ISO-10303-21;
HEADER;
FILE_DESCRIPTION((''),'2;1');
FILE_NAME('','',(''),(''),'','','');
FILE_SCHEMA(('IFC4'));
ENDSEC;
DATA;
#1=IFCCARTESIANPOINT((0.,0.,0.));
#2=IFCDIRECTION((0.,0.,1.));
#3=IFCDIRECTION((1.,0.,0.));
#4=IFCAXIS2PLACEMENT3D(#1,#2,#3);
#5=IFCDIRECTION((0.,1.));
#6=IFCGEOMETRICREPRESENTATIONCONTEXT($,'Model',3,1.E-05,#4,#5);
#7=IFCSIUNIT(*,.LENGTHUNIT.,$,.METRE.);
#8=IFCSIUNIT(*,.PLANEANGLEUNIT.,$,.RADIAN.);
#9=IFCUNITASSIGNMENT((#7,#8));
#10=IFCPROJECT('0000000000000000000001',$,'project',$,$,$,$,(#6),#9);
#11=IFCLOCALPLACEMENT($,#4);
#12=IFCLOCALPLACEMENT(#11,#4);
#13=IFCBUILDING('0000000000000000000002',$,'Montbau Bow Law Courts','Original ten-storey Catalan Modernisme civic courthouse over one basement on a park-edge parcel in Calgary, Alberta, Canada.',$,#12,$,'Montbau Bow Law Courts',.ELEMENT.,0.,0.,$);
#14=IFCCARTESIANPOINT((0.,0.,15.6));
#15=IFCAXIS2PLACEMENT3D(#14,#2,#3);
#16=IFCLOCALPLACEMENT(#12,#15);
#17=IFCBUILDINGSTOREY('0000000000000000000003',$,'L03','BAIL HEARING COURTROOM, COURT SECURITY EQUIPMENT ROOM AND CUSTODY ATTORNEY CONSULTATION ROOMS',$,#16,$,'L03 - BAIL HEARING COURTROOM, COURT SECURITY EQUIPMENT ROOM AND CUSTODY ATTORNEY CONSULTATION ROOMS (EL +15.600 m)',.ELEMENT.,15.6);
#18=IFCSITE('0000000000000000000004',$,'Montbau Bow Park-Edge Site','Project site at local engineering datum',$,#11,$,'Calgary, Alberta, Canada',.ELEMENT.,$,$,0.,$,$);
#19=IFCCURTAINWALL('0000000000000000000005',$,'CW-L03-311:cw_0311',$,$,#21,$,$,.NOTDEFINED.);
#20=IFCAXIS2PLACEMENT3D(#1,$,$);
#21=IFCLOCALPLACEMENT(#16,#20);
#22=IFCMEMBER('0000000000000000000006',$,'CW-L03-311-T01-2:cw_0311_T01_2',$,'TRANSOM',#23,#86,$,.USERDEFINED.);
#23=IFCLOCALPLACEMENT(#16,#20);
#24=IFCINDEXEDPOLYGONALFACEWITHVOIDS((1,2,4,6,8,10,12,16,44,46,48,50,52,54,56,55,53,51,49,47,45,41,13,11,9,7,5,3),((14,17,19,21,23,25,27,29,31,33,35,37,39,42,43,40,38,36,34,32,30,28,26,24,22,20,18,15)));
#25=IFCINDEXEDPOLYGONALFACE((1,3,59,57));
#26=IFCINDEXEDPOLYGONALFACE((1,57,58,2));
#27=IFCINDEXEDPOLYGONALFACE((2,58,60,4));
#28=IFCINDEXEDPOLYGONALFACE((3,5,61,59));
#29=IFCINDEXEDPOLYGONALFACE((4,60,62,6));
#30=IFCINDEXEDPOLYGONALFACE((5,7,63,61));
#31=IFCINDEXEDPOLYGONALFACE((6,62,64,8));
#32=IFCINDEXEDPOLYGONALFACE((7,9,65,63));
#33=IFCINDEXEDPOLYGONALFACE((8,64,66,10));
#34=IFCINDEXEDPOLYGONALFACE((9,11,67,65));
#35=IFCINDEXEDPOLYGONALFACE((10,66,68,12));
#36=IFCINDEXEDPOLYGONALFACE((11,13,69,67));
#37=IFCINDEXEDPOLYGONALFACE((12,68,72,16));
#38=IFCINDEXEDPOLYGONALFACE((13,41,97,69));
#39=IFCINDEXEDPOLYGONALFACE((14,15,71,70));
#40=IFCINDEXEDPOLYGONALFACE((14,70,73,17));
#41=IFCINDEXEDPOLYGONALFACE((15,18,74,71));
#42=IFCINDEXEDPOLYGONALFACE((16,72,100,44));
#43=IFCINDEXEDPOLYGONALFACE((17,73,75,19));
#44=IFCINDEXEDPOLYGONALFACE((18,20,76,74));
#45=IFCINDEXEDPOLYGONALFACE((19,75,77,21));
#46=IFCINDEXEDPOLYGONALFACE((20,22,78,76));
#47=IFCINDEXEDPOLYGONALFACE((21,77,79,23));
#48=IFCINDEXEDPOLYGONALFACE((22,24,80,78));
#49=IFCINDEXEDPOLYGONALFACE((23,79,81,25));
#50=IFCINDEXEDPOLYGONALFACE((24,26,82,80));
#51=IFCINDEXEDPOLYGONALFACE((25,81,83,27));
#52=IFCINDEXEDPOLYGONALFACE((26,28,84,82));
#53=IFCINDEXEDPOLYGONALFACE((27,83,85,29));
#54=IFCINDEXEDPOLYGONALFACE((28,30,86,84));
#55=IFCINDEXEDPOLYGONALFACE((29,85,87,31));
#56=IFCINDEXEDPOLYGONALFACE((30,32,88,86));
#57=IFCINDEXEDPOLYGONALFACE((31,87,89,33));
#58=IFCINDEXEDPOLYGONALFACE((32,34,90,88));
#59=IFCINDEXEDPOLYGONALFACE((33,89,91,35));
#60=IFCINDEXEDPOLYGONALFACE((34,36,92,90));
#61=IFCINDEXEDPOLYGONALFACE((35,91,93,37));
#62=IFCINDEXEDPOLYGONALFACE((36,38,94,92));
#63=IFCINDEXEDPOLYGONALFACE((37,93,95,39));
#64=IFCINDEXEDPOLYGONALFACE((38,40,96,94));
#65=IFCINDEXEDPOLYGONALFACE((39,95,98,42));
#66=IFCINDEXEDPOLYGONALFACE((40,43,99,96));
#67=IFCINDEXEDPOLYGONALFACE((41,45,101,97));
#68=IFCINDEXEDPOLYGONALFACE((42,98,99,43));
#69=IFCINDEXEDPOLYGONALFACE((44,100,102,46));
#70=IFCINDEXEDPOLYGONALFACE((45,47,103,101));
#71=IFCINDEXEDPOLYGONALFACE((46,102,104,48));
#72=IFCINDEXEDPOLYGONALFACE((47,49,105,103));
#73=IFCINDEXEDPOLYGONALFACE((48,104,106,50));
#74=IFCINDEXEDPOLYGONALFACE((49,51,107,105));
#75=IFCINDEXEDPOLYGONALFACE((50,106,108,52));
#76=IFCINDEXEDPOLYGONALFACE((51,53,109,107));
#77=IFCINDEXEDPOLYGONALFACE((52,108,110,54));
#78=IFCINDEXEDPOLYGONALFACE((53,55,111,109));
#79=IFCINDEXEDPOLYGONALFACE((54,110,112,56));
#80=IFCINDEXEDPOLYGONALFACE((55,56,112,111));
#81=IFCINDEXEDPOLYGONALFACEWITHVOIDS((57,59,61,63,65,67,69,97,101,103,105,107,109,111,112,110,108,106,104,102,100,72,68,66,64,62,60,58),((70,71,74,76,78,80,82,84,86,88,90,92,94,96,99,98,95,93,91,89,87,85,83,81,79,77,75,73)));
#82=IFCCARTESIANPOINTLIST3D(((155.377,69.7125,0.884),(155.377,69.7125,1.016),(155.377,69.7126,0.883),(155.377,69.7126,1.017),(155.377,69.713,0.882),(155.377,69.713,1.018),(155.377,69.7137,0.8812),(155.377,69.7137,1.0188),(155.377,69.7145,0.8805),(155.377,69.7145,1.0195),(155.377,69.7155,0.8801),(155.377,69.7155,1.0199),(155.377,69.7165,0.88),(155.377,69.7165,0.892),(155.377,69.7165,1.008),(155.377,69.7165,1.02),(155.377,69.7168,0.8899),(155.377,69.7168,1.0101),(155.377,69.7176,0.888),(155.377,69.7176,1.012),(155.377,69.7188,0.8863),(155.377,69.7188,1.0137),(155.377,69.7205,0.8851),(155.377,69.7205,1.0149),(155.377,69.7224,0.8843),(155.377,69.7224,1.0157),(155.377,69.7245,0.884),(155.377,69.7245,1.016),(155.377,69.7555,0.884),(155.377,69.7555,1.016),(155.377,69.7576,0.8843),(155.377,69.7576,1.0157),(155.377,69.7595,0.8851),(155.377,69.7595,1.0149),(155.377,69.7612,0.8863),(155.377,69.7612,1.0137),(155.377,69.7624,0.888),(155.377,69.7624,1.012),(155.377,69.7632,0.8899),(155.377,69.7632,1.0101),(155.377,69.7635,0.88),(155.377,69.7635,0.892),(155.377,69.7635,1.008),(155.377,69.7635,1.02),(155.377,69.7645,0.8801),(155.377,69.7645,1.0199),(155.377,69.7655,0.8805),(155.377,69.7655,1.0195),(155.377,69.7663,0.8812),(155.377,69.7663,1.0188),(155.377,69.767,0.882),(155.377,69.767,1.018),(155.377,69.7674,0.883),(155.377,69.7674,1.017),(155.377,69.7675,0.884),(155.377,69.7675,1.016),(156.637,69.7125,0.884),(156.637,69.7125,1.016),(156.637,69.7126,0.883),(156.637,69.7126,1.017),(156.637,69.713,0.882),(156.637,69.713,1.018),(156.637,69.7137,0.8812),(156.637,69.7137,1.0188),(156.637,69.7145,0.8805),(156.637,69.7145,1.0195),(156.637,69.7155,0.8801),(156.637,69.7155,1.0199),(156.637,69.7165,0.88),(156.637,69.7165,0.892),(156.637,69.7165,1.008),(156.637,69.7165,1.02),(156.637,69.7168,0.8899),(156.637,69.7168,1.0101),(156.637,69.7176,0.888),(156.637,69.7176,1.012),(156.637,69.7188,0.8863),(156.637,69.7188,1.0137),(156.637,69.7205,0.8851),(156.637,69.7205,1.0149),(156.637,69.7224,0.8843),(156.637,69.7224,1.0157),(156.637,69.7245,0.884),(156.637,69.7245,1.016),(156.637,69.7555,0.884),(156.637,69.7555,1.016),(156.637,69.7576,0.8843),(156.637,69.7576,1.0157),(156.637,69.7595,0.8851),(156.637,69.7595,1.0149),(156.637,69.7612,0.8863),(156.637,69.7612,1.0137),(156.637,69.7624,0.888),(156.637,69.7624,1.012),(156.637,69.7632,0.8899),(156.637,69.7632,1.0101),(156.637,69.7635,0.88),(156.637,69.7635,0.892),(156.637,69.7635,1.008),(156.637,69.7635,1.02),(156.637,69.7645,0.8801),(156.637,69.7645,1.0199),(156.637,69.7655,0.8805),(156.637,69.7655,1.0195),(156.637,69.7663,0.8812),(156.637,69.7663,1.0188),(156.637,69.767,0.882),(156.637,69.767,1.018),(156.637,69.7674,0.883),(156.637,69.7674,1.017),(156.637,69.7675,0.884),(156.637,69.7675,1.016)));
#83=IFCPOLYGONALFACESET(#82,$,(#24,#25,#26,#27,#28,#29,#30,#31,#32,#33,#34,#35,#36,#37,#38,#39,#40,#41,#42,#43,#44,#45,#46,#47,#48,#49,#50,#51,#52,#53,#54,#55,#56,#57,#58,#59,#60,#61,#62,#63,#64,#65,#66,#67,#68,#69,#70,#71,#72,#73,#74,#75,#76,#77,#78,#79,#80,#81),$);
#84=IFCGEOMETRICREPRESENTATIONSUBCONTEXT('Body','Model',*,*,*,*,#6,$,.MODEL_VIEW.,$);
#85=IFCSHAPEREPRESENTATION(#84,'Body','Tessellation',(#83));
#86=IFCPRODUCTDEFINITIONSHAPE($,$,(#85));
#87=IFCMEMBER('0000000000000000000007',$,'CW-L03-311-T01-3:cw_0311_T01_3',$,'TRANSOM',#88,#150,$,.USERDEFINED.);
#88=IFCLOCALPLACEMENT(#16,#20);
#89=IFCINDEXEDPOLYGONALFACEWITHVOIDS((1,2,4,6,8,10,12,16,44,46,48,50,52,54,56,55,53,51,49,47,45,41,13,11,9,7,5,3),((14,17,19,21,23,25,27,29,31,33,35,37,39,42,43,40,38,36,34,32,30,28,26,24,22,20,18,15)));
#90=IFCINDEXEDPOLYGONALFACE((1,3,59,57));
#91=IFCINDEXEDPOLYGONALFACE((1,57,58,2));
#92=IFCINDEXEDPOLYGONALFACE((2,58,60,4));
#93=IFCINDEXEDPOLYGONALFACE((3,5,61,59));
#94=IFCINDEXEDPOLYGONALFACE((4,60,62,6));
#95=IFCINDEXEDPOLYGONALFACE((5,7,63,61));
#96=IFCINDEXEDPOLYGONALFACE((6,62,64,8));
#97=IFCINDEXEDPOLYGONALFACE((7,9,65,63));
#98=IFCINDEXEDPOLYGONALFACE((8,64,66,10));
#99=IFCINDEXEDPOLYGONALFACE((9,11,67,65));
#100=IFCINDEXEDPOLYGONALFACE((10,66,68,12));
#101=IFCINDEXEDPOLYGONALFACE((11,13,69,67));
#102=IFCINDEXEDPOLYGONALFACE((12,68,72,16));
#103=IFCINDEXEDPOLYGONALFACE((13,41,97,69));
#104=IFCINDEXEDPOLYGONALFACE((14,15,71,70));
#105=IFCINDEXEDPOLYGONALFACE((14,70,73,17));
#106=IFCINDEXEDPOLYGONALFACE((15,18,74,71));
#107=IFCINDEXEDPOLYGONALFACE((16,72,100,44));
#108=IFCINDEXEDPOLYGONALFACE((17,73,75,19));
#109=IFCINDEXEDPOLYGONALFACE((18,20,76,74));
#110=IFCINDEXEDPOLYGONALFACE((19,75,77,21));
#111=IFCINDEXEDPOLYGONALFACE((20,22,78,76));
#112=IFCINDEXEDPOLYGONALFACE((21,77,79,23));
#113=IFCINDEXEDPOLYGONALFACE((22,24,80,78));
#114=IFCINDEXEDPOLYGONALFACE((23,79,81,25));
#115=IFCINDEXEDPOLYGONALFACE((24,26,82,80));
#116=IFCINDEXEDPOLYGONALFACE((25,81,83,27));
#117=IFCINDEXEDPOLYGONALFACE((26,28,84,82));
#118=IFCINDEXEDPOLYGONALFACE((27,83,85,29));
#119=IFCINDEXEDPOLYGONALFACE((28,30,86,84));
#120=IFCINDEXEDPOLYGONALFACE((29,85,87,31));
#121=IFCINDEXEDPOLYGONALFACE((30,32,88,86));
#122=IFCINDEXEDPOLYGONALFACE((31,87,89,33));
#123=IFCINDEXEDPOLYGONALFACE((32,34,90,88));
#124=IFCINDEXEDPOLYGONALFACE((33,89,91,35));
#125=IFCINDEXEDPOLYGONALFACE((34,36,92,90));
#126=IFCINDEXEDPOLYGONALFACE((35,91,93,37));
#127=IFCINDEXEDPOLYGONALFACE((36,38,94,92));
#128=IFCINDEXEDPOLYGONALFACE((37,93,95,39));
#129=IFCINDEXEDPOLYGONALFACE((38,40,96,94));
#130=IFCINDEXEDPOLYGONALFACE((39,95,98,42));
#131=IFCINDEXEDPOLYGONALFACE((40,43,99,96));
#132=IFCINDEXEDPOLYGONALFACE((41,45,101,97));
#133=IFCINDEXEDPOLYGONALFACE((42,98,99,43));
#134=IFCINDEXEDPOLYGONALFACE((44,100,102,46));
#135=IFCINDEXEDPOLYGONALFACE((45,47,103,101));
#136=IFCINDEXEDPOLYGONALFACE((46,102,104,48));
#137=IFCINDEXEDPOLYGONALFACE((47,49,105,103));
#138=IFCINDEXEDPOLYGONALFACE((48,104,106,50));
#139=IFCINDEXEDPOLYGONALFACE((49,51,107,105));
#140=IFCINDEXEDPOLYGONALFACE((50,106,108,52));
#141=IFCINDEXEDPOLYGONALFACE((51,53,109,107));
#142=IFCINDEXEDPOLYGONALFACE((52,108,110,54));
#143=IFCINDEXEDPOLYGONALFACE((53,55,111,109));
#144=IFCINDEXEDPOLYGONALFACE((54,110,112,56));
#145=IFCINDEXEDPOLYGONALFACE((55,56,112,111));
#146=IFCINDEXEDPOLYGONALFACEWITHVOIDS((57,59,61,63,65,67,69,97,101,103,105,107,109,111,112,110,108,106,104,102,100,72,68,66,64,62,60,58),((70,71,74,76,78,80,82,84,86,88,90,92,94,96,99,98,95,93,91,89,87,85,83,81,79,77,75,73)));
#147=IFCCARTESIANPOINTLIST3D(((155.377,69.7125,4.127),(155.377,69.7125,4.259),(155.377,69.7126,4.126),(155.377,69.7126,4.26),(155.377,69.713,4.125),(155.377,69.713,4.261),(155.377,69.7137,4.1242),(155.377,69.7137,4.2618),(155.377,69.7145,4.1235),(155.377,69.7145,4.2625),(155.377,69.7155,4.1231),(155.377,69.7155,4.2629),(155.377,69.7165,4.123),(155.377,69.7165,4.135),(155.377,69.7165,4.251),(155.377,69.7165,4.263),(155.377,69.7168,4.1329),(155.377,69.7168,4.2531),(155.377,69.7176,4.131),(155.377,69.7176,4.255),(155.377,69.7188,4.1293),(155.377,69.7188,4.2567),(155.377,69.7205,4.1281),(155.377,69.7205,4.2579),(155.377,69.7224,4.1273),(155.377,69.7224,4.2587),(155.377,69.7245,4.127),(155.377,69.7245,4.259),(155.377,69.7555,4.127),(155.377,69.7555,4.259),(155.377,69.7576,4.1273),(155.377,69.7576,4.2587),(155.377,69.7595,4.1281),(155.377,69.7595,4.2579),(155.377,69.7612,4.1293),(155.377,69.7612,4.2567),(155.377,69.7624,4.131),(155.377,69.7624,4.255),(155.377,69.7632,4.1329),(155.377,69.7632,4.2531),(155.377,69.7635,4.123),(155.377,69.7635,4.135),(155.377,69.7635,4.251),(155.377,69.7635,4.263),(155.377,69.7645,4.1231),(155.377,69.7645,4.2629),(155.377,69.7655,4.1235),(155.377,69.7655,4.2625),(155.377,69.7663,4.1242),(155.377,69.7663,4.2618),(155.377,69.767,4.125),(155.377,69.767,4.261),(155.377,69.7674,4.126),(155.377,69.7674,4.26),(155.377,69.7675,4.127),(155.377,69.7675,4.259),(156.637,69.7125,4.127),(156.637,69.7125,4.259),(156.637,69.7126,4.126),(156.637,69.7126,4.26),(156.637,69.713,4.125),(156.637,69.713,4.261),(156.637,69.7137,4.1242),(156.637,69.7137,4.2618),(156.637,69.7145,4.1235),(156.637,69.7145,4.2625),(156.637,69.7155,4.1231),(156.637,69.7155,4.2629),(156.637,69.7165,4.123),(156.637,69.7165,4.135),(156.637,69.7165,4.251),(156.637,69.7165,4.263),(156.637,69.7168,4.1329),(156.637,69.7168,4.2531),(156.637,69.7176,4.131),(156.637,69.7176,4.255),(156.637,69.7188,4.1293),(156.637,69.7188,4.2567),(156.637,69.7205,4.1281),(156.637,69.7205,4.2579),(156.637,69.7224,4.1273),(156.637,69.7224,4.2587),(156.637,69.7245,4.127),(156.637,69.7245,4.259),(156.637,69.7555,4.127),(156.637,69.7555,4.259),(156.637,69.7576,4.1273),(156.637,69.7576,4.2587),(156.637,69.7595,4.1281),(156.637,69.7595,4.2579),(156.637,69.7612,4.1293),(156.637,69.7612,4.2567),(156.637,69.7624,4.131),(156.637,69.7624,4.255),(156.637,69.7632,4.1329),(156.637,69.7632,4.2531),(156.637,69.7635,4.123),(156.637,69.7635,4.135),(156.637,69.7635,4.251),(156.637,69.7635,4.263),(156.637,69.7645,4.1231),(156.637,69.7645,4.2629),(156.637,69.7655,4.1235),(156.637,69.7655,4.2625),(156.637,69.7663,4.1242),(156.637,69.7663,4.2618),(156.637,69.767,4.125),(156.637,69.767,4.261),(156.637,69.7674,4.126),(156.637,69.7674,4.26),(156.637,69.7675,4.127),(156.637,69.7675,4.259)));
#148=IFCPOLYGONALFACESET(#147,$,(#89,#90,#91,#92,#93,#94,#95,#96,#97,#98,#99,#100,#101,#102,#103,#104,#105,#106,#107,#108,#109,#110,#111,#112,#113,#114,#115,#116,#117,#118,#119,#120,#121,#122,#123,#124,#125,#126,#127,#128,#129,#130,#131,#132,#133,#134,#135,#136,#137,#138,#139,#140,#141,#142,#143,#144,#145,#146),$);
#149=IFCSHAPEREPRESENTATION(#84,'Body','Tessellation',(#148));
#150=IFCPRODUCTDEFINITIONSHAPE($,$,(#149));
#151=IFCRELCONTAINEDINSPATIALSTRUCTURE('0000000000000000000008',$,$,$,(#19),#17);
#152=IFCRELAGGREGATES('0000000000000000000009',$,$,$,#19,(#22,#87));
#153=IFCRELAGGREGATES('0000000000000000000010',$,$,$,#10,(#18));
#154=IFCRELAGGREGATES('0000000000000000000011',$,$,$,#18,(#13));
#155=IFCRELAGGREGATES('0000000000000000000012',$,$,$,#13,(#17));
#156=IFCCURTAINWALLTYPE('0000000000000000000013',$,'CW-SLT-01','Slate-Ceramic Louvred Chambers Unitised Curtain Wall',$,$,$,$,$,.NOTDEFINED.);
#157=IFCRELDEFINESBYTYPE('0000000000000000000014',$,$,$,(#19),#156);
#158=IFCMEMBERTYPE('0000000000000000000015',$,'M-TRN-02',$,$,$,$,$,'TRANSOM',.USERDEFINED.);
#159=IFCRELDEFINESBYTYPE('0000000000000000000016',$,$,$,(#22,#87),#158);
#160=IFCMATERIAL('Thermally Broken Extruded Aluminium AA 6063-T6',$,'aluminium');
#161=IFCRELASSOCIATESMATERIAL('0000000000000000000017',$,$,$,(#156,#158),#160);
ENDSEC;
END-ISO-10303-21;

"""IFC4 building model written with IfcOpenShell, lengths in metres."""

from ifc_helpers import new_model, si_unit, direction, frame, origin_with_axes, origin_2d_with_axis, place, context, subcontext, project, spatial, hollow_rectangle, extrude, material, material_profile, profile_set, type_object, element, aggregate, save


model = new_model("IFC4")

# Units and contexts
model_context = context("Model", 3, precision=1e-05, world=origin_with_axes(), true_north=direction((0.0, 1.0)))
body_context = subcontext(model_context, "Body", "Model", "MODEL_VIEW")
ifc_project = project(units=[si_unit("LENGTHUNIT", "METRE"), si_unit("PLANEANGLEUNIT", "RADIAN")], contexts=[model_context])

# Site, building, storey
site_placement = place(None, origin_with_axes())
site = spatial("IfcSite", under=ifc_project, at=site_placement, Name="Montbau Bow Park-Edge Site", Description="Project site at local engineering datum", LongName="Calgary, Alberta, Canada", CompositionType="ELEMENT", RefElevation=0.0)
building_placement = place(site_placement, origin_with_axes())
building = spatial("IfcBuilding", under=site, at=building_placement, Name="Montbau Bow Law Courts", Description="Original ten-storey Catalan Modernisme civic courthouse over one basement on a park-edge parcel in Calgary, Alberta, Canada.", LongName="Montbau Bow Law Courts", CompositionType="ELEMENT", ElevationOfRefHeight=0.0, ElevationOfTerrain=0.0)
storey_placement = place(building_placement, frame((0.0, 0.0, 15.6), z_axis=(0.0, 0.0, 1.0), x_axis=(1.0, 0.0, 0.0)))
storey = spatial("IfcBuildingStorey", under=building, at=storey_placement, Name="L03", Description="BAIL HEARING COURTROOM, COURT SECURITY EQUIPMENT ROOM AND CUSTODY ATTORNEY CONSULTATION ROOMS", LongName="L03 - BAIL HEARING COURTROOM, COURT SECURITY EQUIPMENT ROOM AND CUSTODY ATTORNEY CONSULTATION ROOMS (EL +15.600 m)", CompositionType="ELEMENT", Elevation=15.6)

# Curtain wall, members
ifc_material_1 = material(Name="Thermally Broken Extruded Aluminium AA 6063-T6", Category="aluminium")
curtain_wall_type = type_object("IfcCurtainWallType", Name="CW-SLT-01", Description="Slate-Ceramic Louvred Chambers Unitised Curtain Wall", PredefinedType="NOTDEFINED", material=ifc_material_1)
curtain_wall_placement = place(None, frame((155.315, 69.74, 15.6), z_axis=(0.0, 0.0, 1.0), x_axis=(1.0, 0.0, 0.0)))
curtain_wall = element("IfcCurtainWall", 1, at=curtain_wall_placement, inside=storey, type_object=curtain_wall_type, Name="CW-L03-311:cw_0311", PredefinedType="NOTDEFINED")
ifc_material_profile_1 = material_profile(ifc_material_1, hollow_rectangle(XDim=0.055, YDim=0.14, WallThickness=0.004, InnerFilletRadius=0.008, OuterFilletRadius=0.004, at=origin_2d_with_axis()), Name="CWT-140X55", Category="Main", Priority=0)
ifc_profile_set_1 = profile_set([ifc_material_profile_1], Name="Thermally Broken Extruded Aluminium AA 6063-T6")
member_type_1 = type_object("IfcMemberType", Name="M-TRN-02", ElementType="TRANSOM", PredefinedType="USERDEFINED", material=ifc_profile_set_1)
member_1_placement = place(None, frame((155.377, 69.74, 16.55), z_axis=(1.0, 0.0, 0.0), x_axis=(0.0, 1.0, 0.0)))
member_1 = element("IfcMember", 2, at=member_1_placement, type_object=member_type_1, Name="CW-L03-311-T01-2:cw_0311_T01_2", ObjectType="TRANSOM", PredefinedType="USERDEFINED", context=body_context, shape_type="SweptSolid", body=[
    extrude(hollow_rectangle(XDim=0.055, YDim=0.14, WallThickness=0.004, InnerFilletRadius=0.008, OuterFilletRadius=0.004, at=origin_2d_with_axis()), origin_with_axes(), (0.0, 0.0, 1.0), 1.26),
])
member_2_placement = place(None, frame((155.377, 69.74, 19.793), z_axis=(1.0, 0.0, 0.0), x_axis=(0.0, 1.0, 0.0)))
member_2 = element("IfcMember", 3, at=member_2_placement, type_object=member_type_1, Name="CW-L03-311-T01-3:cw_0311_T01_3", ObjectType="TRANSOM", PredefinedType="USERDEFINED", context=body_context, shape_type="SweptSolid", body=[
    extrude(hollow_rectangle(XDim=0.055, YDim=0.14, WallThickness=0.004, InnerFilletRadius=0.008, OuterFilletRadius=0.004, at=origin_2d_with_axis()), origin_with_axes(), (0.0, 0.0, 1.0), 1.26),
])
aggregate(curtain_wall, [member_1, member_2])

save(model, "model.ifc")
